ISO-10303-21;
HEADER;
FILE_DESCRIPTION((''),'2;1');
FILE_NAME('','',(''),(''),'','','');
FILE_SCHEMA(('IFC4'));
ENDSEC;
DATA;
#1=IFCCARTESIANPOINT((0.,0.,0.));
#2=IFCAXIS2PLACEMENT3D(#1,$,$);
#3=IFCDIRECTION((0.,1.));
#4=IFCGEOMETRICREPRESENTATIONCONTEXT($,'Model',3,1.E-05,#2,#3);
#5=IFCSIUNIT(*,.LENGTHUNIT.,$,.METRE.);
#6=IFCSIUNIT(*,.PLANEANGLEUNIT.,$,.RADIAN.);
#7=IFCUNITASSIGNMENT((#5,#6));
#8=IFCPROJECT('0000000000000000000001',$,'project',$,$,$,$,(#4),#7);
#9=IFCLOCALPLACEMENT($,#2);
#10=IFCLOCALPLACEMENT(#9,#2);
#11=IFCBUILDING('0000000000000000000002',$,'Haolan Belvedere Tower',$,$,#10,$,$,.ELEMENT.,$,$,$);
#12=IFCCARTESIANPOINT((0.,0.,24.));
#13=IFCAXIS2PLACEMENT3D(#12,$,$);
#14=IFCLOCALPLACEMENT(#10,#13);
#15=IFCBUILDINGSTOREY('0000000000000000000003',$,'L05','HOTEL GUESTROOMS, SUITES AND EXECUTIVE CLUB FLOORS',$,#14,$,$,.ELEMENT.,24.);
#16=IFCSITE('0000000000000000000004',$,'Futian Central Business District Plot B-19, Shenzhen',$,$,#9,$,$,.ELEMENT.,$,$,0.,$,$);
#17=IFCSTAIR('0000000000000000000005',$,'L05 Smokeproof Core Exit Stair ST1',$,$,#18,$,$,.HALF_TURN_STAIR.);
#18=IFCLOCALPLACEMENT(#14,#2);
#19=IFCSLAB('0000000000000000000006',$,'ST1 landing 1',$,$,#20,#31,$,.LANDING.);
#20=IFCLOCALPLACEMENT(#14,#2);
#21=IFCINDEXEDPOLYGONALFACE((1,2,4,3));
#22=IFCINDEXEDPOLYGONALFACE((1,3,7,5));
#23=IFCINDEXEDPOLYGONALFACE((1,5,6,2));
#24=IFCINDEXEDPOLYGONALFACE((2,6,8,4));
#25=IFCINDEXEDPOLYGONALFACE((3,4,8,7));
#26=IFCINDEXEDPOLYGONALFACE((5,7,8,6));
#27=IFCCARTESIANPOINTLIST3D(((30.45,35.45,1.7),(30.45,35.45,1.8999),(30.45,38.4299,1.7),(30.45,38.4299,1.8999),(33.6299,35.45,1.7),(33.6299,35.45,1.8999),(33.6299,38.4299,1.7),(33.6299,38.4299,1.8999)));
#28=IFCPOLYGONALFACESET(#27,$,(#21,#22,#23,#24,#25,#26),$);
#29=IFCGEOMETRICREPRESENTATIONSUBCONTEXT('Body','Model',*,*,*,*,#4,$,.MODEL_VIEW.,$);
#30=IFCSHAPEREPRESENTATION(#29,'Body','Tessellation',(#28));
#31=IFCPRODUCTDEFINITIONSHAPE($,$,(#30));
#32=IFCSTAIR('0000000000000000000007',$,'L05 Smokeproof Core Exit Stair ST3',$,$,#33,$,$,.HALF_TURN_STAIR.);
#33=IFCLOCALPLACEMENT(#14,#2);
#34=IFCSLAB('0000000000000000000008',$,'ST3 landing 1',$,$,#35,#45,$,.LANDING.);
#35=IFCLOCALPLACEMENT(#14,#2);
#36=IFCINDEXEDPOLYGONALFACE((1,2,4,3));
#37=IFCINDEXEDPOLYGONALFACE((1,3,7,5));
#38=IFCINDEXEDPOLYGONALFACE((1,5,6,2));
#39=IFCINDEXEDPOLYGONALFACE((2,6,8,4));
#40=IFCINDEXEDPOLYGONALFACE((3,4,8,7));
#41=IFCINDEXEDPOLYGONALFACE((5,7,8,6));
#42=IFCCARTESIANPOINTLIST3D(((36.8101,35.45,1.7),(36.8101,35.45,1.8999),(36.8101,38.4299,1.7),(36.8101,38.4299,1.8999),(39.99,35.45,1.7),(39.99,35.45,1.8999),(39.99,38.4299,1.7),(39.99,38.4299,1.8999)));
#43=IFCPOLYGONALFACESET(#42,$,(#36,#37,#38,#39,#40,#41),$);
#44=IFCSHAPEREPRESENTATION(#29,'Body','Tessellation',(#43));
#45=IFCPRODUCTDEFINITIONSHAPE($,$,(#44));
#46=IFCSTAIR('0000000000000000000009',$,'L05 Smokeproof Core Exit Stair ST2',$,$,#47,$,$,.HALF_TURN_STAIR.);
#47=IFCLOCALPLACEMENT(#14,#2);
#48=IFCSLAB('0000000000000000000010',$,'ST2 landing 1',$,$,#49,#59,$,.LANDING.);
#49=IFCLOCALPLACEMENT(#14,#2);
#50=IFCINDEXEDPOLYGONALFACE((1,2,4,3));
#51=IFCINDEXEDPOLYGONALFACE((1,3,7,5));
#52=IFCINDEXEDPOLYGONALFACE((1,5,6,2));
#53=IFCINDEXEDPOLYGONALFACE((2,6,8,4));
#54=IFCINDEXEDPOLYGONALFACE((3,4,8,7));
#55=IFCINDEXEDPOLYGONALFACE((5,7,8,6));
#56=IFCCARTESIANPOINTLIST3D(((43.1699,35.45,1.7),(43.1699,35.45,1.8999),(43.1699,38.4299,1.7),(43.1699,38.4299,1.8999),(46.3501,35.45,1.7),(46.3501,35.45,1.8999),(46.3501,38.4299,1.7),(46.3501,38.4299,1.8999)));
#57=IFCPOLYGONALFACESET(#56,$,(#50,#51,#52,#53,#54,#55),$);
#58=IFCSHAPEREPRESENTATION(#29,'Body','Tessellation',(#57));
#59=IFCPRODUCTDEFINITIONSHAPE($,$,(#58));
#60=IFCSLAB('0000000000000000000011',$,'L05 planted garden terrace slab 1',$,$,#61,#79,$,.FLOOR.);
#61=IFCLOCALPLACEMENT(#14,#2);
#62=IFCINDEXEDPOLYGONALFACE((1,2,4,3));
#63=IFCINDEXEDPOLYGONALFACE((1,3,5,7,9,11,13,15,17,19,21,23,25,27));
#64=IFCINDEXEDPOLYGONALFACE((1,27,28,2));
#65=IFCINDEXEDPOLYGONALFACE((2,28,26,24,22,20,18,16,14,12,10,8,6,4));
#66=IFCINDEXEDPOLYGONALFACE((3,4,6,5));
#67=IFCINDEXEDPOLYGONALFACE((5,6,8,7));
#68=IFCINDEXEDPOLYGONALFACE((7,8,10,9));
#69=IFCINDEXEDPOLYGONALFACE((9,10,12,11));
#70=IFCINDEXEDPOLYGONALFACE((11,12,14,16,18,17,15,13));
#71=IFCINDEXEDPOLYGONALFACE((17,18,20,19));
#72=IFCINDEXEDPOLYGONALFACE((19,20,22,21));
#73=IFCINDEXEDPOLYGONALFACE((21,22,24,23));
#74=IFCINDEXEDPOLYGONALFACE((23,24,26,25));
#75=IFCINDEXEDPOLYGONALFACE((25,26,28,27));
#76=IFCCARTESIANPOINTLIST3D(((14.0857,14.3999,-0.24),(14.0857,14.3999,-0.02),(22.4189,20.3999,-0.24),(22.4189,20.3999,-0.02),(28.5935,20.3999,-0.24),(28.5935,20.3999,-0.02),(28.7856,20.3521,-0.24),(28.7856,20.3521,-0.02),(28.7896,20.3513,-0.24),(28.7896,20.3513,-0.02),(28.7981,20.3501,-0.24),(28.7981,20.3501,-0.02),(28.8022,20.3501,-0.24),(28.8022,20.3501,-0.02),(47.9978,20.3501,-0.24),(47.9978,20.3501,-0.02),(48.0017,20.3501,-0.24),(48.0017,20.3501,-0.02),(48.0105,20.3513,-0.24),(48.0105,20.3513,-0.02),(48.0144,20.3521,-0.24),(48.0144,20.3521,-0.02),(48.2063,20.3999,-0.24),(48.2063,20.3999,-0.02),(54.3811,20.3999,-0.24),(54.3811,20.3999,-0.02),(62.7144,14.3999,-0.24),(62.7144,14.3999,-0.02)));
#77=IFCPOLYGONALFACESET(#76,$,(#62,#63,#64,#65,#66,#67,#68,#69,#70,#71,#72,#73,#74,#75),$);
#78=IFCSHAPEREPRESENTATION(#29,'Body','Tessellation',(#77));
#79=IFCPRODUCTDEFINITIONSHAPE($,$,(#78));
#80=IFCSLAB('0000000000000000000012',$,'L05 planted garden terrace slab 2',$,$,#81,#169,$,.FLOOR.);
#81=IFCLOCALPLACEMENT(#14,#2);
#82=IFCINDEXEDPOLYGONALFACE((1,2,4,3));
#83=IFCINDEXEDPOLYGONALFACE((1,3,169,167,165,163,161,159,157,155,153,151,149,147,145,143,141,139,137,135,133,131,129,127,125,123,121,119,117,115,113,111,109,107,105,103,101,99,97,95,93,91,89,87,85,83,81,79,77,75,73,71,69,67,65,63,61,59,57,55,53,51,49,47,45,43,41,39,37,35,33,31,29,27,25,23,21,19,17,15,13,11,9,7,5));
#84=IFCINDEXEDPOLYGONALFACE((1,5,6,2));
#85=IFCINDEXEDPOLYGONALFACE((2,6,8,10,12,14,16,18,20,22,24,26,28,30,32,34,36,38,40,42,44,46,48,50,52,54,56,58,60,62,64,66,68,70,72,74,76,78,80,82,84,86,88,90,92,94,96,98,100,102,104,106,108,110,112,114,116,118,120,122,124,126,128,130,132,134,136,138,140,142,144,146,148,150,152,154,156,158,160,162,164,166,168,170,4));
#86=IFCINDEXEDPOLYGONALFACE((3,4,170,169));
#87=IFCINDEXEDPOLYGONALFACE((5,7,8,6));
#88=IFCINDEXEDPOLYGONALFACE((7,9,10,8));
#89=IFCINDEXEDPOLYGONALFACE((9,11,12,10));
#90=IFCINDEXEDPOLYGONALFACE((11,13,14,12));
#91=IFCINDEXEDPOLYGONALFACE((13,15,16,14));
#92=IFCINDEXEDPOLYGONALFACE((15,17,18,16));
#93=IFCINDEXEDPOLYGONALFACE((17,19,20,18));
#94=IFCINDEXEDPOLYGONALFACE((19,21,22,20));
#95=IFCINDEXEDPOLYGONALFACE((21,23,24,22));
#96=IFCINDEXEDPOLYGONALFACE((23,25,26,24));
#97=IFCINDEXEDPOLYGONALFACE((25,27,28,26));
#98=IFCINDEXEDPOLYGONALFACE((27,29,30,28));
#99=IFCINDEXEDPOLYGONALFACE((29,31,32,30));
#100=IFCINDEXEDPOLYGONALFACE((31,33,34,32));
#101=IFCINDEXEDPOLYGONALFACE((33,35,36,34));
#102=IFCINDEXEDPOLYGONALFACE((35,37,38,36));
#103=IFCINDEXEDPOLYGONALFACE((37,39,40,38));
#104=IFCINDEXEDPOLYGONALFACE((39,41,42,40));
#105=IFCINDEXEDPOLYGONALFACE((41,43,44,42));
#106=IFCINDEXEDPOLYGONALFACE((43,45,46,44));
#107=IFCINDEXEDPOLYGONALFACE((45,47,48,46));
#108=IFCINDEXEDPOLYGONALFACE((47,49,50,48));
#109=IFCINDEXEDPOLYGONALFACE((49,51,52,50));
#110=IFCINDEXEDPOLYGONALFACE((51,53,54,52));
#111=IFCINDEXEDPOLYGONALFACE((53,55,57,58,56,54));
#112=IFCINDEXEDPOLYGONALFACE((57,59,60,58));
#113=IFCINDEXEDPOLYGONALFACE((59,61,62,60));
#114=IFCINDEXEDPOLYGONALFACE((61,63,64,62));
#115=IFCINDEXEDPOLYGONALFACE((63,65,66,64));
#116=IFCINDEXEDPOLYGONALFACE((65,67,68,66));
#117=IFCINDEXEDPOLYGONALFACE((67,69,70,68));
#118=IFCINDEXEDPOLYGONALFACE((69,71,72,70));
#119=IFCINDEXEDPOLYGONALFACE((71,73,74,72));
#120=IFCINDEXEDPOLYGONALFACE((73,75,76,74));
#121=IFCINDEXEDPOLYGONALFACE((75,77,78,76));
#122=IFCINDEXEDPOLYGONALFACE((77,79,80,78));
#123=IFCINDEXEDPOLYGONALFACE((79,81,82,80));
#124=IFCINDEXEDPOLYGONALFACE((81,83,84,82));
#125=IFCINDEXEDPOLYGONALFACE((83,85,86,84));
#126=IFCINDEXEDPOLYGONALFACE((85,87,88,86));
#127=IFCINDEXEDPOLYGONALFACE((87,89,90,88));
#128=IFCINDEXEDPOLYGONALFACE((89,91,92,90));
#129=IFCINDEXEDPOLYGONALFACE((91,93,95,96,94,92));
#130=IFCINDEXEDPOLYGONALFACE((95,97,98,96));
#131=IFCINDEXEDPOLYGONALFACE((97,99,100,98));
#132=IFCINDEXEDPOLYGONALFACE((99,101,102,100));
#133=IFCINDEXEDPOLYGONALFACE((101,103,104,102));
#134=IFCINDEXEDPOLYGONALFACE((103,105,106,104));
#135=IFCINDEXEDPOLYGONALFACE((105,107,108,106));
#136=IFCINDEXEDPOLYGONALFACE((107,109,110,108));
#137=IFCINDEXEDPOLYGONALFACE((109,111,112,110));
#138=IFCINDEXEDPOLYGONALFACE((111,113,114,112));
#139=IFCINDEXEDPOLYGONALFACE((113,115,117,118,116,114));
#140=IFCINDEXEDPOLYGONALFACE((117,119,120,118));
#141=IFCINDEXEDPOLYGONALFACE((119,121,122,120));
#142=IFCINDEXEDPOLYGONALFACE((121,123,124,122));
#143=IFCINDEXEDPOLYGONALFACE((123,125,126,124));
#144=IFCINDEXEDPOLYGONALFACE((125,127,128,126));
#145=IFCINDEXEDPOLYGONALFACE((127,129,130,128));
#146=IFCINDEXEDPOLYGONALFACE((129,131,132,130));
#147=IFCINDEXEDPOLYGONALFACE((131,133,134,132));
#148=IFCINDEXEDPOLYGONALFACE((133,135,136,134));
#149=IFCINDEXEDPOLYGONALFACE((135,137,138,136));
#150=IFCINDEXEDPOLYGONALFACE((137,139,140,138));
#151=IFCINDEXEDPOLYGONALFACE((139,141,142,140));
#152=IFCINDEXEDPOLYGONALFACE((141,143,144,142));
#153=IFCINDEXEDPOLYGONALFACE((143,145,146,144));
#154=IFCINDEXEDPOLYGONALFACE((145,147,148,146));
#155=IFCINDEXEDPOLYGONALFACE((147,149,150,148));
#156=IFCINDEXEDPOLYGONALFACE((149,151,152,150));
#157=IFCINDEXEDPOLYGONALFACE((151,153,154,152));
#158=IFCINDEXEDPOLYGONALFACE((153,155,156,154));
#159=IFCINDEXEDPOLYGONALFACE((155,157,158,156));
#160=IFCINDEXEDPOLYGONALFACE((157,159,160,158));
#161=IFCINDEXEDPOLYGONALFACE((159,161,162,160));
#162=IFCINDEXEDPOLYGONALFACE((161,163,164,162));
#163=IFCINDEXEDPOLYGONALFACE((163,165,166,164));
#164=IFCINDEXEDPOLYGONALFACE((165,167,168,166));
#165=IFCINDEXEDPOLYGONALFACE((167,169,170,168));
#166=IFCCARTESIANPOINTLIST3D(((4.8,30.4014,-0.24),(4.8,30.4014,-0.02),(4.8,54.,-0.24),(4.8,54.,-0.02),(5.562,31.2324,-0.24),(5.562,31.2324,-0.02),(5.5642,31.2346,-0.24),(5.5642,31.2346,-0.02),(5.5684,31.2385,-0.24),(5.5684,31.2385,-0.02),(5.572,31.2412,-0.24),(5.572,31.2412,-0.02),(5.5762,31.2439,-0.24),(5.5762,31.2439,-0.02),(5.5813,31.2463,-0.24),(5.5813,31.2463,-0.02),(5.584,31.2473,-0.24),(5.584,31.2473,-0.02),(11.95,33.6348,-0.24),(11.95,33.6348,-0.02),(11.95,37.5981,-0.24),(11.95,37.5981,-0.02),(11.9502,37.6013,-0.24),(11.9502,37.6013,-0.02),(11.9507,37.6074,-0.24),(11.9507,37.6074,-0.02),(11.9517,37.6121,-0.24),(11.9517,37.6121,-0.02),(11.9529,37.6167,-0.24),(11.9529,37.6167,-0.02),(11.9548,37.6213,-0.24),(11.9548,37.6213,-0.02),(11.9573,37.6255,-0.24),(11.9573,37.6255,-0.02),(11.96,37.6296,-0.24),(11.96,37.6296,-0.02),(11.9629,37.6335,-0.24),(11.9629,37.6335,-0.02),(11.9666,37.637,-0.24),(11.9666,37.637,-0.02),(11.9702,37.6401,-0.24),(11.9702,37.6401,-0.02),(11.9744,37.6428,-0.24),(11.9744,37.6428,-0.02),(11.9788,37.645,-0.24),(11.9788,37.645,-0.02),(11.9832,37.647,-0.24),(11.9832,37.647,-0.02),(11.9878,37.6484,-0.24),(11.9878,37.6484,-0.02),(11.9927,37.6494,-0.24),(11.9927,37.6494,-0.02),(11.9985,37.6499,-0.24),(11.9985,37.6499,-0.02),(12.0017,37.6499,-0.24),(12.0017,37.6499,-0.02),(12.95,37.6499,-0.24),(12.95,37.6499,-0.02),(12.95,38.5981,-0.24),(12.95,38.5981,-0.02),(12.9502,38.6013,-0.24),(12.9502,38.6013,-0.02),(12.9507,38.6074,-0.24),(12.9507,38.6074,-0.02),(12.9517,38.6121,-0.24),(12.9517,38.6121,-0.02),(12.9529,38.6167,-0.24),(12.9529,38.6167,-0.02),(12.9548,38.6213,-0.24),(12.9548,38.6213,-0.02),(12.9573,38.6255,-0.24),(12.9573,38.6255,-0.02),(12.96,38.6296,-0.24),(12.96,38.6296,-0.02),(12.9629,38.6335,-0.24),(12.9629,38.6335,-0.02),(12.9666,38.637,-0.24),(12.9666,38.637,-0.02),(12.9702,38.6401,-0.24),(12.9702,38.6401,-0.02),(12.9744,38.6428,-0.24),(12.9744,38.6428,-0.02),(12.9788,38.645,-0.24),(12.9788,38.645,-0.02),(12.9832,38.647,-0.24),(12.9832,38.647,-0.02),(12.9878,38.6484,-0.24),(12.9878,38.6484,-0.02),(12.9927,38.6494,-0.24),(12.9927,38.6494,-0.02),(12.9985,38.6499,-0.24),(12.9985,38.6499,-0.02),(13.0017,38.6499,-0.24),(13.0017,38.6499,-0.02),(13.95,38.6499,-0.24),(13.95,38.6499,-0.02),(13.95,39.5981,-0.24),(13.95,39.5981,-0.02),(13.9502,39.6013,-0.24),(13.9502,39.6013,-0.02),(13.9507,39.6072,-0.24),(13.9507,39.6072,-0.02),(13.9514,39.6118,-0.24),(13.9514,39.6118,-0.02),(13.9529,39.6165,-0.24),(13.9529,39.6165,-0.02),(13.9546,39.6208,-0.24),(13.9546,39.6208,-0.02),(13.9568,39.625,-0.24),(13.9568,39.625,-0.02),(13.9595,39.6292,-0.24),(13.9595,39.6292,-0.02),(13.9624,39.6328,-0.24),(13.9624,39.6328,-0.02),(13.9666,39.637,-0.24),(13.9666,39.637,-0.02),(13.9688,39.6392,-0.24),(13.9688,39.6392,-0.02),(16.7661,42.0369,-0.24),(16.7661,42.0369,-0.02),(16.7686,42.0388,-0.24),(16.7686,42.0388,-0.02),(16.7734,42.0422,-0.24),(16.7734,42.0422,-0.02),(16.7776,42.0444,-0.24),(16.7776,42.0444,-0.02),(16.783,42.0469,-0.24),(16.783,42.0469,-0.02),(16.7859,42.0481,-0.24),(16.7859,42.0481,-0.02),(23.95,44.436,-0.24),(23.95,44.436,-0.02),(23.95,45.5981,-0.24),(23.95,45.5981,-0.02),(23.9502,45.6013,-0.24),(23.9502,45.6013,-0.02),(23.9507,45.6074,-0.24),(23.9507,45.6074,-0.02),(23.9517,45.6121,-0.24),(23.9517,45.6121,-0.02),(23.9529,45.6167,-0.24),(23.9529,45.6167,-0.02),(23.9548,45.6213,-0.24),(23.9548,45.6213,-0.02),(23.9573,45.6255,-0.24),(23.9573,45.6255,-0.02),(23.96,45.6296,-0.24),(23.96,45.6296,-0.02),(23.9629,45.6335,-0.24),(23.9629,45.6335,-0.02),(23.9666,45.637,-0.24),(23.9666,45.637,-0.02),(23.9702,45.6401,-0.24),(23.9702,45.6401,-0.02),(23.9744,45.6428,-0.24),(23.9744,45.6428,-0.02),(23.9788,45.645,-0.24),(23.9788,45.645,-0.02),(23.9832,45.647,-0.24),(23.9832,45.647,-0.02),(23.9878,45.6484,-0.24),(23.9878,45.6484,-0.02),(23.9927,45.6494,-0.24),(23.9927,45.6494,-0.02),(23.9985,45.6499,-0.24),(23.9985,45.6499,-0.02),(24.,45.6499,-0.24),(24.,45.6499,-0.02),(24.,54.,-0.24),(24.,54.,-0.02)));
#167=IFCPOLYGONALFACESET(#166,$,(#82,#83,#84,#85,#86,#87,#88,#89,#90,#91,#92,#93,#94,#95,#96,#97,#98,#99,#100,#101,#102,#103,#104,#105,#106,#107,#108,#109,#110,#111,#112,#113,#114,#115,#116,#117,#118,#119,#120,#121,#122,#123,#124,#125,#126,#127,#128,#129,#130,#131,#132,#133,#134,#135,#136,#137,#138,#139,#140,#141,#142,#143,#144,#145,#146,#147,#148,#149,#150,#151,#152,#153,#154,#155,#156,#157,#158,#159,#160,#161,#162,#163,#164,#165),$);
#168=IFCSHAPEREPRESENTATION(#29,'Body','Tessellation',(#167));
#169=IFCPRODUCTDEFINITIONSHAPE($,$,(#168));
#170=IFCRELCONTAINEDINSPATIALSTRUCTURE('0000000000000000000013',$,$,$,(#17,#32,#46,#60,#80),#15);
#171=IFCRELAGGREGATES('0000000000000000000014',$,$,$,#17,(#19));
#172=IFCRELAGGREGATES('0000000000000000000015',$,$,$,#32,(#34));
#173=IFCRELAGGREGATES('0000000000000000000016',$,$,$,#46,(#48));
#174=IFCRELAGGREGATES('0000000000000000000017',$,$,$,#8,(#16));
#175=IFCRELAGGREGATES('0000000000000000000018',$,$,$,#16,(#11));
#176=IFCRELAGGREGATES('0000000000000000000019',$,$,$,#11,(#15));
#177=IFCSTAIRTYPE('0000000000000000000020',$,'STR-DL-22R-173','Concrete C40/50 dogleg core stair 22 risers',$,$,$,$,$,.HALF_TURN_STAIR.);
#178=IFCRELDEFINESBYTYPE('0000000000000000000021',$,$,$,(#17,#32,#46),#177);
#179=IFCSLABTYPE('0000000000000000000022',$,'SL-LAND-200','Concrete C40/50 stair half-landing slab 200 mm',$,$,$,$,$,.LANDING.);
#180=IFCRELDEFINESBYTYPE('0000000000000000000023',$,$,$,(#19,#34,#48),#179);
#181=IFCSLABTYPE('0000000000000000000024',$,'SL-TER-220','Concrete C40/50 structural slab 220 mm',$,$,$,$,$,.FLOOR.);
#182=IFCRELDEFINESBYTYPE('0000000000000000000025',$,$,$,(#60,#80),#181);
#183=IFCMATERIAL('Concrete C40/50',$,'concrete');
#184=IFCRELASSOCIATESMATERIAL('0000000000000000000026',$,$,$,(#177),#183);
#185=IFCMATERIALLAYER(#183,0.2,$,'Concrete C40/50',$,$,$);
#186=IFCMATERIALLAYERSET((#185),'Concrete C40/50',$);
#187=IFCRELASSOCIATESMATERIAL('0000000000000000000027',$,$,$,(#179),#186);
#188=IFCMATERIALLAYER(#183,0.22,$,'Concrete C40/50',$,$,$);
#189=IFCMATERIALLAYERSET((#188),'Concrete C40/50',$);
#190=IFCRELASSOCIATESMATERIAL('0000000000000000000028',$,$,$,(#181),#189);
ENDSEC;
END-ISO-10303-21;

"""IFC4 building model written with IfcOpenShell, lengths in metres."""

from ifc_helpers import new_model, si_unit, direction, frame, origin, place, context, subcontext, project, spatial, polyline, outline, extrude, material, layer, layer_set, type_object, element, aggregate, save


model = new_model("IFC4")

# Units and contexts
model_context = context("Model", 3, precision=1e-05, world=origin(), true_north=direction((0.0, 1.0)))
body_context = subcontext(model_context, "Body", "Model", "MODEL_VIEW")
ifc_project = project(units=[si_unit("LENGTHUNIT", "METRE"), si_unit("PLANEANGLEUNIT", "RADIAN")], contexts=[model_context])

# Site, building, storey
site_placement = place(None, origin())
site = spatial("IfcSite", under=ifc_project, at=site_placement, Name="Futian Central Business District Plot B-19, Shenzhen", CompositionType="ELEMENT", RefElevation=0.0)
building_placement = place(site_placement, origin())
building = spatial("IfcBuilding", under=site, at=building_placement, Name="Haolan Belvedere Tower", CompositionType="ELEMENT")
storey_placement = place(building_placement, frame((0.0, 0.0, 24.0)))
storey = spatial("IfcBuildingStorey", under=building, at=storey_placement, Name="L05", Description="HOTEL GUESTROOMS, SUITES AND EXECUTIVE CLUB FLOORS", CompositionType="ELEMENT", Elevation=24.0)

# Shared definitions
ifc_material_1 = material(Name="Concrete C40/50", Category="concrete")

# Stairs, slabs
stair_type = type_object("IfcStairType", Name="STR-DL-22R-173", Description="Concrete C40/50 dogleg core stair 22 risers", PredefinedType="HALF_TURN_STAIR", material=ifc_material_1)
stair_1_placement = place(storey_placement, origin())
stair_1 = element("IfcStair", 1, at=stair_1_placement, inside=storey, type_object=stair_type, Name="L05 Smokeproof Core Exit Stair ST1", PredefinedType="HALF_TURN_STAIR")
ifc_layer_1 = layer(ifc_material_1, 0.2, Name="Concrete C40/50")
ifc_layer_set_1 = layer_set([ifc_layer_1], Name="Concrete C40/50")
slab_type_1 = type_object("IfcSlabType", Name="SL-LAND-200", Description="Concrete C40/50 stair half-landing slab 200 mm", PredefinedType="LANDING", material=ifc_layer_set_1)
slab_1_placement = place(storey_placement, frame((0.0, 0.0, 1.7)))
slab_1 = element("IfcSlab", 2, at=slab_1_placement, type_object=slab_type_1, Name="ST1 landing 1", PredefinedType="LANDING", context=body_context, shape_type="SweptSolid", body=[
    extrude(outline(polyline([(30.45, 38.4299), (30.45, 35.45), (33.6299, 35.45), (33.6299, 38.4299), (30.45, 38.4299)])), origin(), (0.0, 0.0, 1.0), 0.2),
])
aggregate(stair_1, [slab_1])
stair_2_placement = place(storey_placement, origin())
stair_2 = element("IfcStair", 3, at=stair_2_placement, inside=storey, type_object=stair_type, Name="L05 Smokeproof Core Exit Stair ST3", PredefinedType="HALF_TURN_STAIR")
slab_2_placement = place(storey_placement, frame((0.0, 0.0, 1.7)))
slab_2 = element("IfcSlab", 4, at=slab_2_placement, type_object=slab_type_1, Name="ST3 landing 1", PredefinedType="LANDING", context=body_context, shape_type="SweptSolid", body=[
    extrude(outline(polyline([(36.8101, 38.4299), (36.8101, 35.45), (39.99, 35.45), (39.99, 38.4299), (36.8101, 38.4299)])), origin(), (0.0, 0.0, 1.0), 0.2),
])
aggregate(stair_2, [slab_2])
stair_3_placement = place(storey_placement, origin())
stair_3 = element("IfcStair", 5, at=stair_3_placement, inside=storey, type_object=stair_type, Name="L05 Smokeproof Core Exit Stair ST2", PredefinedType="HALF_TURN_STAIR")
slab_3_placement = place(storey_placement, frame((0.0, 0.0, 1.7)))
slab_3 = element("IfcSlab", 6, at=slab_3_placement, type_object=slab_type_1, Name="ST2 landing 1", PredefinedType="LANDING", context=body_context, shape_type="SweptSolid", body=[
    extrude(outline(polyline([(43.1699, 38.4299), (43.1699, 35.45), (46.3501, 35.45), (46.3501, 38.4299), (43.1699, 38.4299)])), origin(), (0.0, 0.0, 1.0), 0.2),
])
aggregate(stair_3, [slab_3])

# Slabs
ifc_layer_2 = layer(ifc_material_1, 0.22, Name="Concrete C40/50")
ifc_layer_set_2 = layer_set([ifc_layer_2], Name="Concrete C40/50")
slab_type_2 = type_object("IfcSlabType", Name="SL-TER-220", Description="Concrete C40/50 structural slab 220 mm", PredefinedType="FLOOR", material=ifc_layer_set_2)
slab_4_placement = place(storey_placement, frame((0.0, 0.0, -0.24)))
element("IfcSlab", 7, at=slab_4_placement, inside=storey, type_object=slab_type_2, Name="L05 planted garden terrace slab 1", PredefinedType="FLOOR", context=body_context, shape_type="SweptSolid", body=[
    extrude(outline(polyline([(54.3811, 20.3999), (48.2063, 20.3999), (48.0144, 20.3521), (48.0105, 20.3513), (48.0017, 20.3501), (47.9978, 20.3501), (28.8022, 20.3501), (28.7981, 20.3501), (28.7896, 20.3513), (28.7856, 20.3521), (28.5935, 20.3999), (22.4189, 20.3999), (14.0857, 14.3999), (62.7144, 14.3999), (54.3811, 20.3999)])), origin(), (0.0, 0.0, 1.0), 0.22),
])
slab_5_placement = place(storey_placement, frame((0.0, 0.0, -0.24)))
element("IfcSlab", 8, at=slab_5_placement, inside=storey, type_object=slab_type_2, Name="L05 planted garden terrace slab 2", PredefinedType="FLOOR", context=body_context, shape_type="SweptSolid", body=[
    extrude(outline(polyline([(24.0, 45.6499), (24.0, 54.0), (4.8, 54.0), (4.8, 30.4014), (5.562, 31.2324), (5.5642, 31.2346), (5.5684, 31.2385), (5.572, 31.2412), (5.5762, 31.2439), (5.5813, 31.2463), (5.584, 31.2473), (11.95, 33.6348), (11.95, 37.5981), (11.9502, 37.6013), (11.9507, 37.6074), (11.9517, 37.6121), (11.9529, 37.6167), (11.9548, 37.6213), (11.9573, 37.6255), (11.96, 37.6296), (11.9629, 37.6335), (11.9666, 37.637), (11.9702, 37.6401), (11.9744, 37.6428), (11.9788, 37.645), (11.9832, 37.647), (11.9878, 37.6484), (11.9927, 37.6494), (11.9985, 37.6499), (12.0017, 37.6499), (12.95, 37.6499), (12.95, 38.5981), (12.9502, 38.6013), (12.9507, 38.6074), (12.9517, 38.6121), (12.9529, 38.6167), (12.9548, 38.6213), (12.9573, 38.6255), (12.96, 38.6296), (12.9629, 38.6335), (12.9666, 38.637), (12.9702, 38.6401), (12.9744, 38.6428), (12.9788, 38.645), (12.9832, 38.647), (12.9878, 38.6484), (12.9927, 38.6494), (12.9985, 38.6499), (13.0017, 38.6499), (13.95, 38.6499), (13.95, 39.5981), (13.9502, 39.6013), (13.9507, 39.6072), (13.9514, 39.6118), (13.9529, 39.6165), (13.9546, 39.6208), (13.9568, 39.625), (13.9595, 39.6292), (13.9624, 39.6328), (13.9666, 39.637), (13.9688, 39.6392), (16.7661, 42.0369), (16.7686, 42.0388), (16.7734, 42.0422), (16.7776, 42.0444), (16.783, 42.0469), (16.7859, 42.0481), (23.95, 44.436), (23.95, 45.5981), (23.9502, 45.6013), (23.9507, 45.6074), (23.9517, 45.6121), (23.9529, 45.6167), (23.9548, 45.6213), (23.9573, 45.6255), (23.96, 45.6296), (23.9629, 45.6335), (23.9666, 45.637), (23.9702, 45.6401), (23.9744, 45.6428), (23.9788, 45.645), (23.9832, 45.647), (23.9878, 45.6484), (23.9927, 45.6494), (23.9985, 45.6499), (24.0, 45.6499)])), origin(), (0.0, 0.0, 1.0), 0.22),
])

save(model, "model.ifc")
